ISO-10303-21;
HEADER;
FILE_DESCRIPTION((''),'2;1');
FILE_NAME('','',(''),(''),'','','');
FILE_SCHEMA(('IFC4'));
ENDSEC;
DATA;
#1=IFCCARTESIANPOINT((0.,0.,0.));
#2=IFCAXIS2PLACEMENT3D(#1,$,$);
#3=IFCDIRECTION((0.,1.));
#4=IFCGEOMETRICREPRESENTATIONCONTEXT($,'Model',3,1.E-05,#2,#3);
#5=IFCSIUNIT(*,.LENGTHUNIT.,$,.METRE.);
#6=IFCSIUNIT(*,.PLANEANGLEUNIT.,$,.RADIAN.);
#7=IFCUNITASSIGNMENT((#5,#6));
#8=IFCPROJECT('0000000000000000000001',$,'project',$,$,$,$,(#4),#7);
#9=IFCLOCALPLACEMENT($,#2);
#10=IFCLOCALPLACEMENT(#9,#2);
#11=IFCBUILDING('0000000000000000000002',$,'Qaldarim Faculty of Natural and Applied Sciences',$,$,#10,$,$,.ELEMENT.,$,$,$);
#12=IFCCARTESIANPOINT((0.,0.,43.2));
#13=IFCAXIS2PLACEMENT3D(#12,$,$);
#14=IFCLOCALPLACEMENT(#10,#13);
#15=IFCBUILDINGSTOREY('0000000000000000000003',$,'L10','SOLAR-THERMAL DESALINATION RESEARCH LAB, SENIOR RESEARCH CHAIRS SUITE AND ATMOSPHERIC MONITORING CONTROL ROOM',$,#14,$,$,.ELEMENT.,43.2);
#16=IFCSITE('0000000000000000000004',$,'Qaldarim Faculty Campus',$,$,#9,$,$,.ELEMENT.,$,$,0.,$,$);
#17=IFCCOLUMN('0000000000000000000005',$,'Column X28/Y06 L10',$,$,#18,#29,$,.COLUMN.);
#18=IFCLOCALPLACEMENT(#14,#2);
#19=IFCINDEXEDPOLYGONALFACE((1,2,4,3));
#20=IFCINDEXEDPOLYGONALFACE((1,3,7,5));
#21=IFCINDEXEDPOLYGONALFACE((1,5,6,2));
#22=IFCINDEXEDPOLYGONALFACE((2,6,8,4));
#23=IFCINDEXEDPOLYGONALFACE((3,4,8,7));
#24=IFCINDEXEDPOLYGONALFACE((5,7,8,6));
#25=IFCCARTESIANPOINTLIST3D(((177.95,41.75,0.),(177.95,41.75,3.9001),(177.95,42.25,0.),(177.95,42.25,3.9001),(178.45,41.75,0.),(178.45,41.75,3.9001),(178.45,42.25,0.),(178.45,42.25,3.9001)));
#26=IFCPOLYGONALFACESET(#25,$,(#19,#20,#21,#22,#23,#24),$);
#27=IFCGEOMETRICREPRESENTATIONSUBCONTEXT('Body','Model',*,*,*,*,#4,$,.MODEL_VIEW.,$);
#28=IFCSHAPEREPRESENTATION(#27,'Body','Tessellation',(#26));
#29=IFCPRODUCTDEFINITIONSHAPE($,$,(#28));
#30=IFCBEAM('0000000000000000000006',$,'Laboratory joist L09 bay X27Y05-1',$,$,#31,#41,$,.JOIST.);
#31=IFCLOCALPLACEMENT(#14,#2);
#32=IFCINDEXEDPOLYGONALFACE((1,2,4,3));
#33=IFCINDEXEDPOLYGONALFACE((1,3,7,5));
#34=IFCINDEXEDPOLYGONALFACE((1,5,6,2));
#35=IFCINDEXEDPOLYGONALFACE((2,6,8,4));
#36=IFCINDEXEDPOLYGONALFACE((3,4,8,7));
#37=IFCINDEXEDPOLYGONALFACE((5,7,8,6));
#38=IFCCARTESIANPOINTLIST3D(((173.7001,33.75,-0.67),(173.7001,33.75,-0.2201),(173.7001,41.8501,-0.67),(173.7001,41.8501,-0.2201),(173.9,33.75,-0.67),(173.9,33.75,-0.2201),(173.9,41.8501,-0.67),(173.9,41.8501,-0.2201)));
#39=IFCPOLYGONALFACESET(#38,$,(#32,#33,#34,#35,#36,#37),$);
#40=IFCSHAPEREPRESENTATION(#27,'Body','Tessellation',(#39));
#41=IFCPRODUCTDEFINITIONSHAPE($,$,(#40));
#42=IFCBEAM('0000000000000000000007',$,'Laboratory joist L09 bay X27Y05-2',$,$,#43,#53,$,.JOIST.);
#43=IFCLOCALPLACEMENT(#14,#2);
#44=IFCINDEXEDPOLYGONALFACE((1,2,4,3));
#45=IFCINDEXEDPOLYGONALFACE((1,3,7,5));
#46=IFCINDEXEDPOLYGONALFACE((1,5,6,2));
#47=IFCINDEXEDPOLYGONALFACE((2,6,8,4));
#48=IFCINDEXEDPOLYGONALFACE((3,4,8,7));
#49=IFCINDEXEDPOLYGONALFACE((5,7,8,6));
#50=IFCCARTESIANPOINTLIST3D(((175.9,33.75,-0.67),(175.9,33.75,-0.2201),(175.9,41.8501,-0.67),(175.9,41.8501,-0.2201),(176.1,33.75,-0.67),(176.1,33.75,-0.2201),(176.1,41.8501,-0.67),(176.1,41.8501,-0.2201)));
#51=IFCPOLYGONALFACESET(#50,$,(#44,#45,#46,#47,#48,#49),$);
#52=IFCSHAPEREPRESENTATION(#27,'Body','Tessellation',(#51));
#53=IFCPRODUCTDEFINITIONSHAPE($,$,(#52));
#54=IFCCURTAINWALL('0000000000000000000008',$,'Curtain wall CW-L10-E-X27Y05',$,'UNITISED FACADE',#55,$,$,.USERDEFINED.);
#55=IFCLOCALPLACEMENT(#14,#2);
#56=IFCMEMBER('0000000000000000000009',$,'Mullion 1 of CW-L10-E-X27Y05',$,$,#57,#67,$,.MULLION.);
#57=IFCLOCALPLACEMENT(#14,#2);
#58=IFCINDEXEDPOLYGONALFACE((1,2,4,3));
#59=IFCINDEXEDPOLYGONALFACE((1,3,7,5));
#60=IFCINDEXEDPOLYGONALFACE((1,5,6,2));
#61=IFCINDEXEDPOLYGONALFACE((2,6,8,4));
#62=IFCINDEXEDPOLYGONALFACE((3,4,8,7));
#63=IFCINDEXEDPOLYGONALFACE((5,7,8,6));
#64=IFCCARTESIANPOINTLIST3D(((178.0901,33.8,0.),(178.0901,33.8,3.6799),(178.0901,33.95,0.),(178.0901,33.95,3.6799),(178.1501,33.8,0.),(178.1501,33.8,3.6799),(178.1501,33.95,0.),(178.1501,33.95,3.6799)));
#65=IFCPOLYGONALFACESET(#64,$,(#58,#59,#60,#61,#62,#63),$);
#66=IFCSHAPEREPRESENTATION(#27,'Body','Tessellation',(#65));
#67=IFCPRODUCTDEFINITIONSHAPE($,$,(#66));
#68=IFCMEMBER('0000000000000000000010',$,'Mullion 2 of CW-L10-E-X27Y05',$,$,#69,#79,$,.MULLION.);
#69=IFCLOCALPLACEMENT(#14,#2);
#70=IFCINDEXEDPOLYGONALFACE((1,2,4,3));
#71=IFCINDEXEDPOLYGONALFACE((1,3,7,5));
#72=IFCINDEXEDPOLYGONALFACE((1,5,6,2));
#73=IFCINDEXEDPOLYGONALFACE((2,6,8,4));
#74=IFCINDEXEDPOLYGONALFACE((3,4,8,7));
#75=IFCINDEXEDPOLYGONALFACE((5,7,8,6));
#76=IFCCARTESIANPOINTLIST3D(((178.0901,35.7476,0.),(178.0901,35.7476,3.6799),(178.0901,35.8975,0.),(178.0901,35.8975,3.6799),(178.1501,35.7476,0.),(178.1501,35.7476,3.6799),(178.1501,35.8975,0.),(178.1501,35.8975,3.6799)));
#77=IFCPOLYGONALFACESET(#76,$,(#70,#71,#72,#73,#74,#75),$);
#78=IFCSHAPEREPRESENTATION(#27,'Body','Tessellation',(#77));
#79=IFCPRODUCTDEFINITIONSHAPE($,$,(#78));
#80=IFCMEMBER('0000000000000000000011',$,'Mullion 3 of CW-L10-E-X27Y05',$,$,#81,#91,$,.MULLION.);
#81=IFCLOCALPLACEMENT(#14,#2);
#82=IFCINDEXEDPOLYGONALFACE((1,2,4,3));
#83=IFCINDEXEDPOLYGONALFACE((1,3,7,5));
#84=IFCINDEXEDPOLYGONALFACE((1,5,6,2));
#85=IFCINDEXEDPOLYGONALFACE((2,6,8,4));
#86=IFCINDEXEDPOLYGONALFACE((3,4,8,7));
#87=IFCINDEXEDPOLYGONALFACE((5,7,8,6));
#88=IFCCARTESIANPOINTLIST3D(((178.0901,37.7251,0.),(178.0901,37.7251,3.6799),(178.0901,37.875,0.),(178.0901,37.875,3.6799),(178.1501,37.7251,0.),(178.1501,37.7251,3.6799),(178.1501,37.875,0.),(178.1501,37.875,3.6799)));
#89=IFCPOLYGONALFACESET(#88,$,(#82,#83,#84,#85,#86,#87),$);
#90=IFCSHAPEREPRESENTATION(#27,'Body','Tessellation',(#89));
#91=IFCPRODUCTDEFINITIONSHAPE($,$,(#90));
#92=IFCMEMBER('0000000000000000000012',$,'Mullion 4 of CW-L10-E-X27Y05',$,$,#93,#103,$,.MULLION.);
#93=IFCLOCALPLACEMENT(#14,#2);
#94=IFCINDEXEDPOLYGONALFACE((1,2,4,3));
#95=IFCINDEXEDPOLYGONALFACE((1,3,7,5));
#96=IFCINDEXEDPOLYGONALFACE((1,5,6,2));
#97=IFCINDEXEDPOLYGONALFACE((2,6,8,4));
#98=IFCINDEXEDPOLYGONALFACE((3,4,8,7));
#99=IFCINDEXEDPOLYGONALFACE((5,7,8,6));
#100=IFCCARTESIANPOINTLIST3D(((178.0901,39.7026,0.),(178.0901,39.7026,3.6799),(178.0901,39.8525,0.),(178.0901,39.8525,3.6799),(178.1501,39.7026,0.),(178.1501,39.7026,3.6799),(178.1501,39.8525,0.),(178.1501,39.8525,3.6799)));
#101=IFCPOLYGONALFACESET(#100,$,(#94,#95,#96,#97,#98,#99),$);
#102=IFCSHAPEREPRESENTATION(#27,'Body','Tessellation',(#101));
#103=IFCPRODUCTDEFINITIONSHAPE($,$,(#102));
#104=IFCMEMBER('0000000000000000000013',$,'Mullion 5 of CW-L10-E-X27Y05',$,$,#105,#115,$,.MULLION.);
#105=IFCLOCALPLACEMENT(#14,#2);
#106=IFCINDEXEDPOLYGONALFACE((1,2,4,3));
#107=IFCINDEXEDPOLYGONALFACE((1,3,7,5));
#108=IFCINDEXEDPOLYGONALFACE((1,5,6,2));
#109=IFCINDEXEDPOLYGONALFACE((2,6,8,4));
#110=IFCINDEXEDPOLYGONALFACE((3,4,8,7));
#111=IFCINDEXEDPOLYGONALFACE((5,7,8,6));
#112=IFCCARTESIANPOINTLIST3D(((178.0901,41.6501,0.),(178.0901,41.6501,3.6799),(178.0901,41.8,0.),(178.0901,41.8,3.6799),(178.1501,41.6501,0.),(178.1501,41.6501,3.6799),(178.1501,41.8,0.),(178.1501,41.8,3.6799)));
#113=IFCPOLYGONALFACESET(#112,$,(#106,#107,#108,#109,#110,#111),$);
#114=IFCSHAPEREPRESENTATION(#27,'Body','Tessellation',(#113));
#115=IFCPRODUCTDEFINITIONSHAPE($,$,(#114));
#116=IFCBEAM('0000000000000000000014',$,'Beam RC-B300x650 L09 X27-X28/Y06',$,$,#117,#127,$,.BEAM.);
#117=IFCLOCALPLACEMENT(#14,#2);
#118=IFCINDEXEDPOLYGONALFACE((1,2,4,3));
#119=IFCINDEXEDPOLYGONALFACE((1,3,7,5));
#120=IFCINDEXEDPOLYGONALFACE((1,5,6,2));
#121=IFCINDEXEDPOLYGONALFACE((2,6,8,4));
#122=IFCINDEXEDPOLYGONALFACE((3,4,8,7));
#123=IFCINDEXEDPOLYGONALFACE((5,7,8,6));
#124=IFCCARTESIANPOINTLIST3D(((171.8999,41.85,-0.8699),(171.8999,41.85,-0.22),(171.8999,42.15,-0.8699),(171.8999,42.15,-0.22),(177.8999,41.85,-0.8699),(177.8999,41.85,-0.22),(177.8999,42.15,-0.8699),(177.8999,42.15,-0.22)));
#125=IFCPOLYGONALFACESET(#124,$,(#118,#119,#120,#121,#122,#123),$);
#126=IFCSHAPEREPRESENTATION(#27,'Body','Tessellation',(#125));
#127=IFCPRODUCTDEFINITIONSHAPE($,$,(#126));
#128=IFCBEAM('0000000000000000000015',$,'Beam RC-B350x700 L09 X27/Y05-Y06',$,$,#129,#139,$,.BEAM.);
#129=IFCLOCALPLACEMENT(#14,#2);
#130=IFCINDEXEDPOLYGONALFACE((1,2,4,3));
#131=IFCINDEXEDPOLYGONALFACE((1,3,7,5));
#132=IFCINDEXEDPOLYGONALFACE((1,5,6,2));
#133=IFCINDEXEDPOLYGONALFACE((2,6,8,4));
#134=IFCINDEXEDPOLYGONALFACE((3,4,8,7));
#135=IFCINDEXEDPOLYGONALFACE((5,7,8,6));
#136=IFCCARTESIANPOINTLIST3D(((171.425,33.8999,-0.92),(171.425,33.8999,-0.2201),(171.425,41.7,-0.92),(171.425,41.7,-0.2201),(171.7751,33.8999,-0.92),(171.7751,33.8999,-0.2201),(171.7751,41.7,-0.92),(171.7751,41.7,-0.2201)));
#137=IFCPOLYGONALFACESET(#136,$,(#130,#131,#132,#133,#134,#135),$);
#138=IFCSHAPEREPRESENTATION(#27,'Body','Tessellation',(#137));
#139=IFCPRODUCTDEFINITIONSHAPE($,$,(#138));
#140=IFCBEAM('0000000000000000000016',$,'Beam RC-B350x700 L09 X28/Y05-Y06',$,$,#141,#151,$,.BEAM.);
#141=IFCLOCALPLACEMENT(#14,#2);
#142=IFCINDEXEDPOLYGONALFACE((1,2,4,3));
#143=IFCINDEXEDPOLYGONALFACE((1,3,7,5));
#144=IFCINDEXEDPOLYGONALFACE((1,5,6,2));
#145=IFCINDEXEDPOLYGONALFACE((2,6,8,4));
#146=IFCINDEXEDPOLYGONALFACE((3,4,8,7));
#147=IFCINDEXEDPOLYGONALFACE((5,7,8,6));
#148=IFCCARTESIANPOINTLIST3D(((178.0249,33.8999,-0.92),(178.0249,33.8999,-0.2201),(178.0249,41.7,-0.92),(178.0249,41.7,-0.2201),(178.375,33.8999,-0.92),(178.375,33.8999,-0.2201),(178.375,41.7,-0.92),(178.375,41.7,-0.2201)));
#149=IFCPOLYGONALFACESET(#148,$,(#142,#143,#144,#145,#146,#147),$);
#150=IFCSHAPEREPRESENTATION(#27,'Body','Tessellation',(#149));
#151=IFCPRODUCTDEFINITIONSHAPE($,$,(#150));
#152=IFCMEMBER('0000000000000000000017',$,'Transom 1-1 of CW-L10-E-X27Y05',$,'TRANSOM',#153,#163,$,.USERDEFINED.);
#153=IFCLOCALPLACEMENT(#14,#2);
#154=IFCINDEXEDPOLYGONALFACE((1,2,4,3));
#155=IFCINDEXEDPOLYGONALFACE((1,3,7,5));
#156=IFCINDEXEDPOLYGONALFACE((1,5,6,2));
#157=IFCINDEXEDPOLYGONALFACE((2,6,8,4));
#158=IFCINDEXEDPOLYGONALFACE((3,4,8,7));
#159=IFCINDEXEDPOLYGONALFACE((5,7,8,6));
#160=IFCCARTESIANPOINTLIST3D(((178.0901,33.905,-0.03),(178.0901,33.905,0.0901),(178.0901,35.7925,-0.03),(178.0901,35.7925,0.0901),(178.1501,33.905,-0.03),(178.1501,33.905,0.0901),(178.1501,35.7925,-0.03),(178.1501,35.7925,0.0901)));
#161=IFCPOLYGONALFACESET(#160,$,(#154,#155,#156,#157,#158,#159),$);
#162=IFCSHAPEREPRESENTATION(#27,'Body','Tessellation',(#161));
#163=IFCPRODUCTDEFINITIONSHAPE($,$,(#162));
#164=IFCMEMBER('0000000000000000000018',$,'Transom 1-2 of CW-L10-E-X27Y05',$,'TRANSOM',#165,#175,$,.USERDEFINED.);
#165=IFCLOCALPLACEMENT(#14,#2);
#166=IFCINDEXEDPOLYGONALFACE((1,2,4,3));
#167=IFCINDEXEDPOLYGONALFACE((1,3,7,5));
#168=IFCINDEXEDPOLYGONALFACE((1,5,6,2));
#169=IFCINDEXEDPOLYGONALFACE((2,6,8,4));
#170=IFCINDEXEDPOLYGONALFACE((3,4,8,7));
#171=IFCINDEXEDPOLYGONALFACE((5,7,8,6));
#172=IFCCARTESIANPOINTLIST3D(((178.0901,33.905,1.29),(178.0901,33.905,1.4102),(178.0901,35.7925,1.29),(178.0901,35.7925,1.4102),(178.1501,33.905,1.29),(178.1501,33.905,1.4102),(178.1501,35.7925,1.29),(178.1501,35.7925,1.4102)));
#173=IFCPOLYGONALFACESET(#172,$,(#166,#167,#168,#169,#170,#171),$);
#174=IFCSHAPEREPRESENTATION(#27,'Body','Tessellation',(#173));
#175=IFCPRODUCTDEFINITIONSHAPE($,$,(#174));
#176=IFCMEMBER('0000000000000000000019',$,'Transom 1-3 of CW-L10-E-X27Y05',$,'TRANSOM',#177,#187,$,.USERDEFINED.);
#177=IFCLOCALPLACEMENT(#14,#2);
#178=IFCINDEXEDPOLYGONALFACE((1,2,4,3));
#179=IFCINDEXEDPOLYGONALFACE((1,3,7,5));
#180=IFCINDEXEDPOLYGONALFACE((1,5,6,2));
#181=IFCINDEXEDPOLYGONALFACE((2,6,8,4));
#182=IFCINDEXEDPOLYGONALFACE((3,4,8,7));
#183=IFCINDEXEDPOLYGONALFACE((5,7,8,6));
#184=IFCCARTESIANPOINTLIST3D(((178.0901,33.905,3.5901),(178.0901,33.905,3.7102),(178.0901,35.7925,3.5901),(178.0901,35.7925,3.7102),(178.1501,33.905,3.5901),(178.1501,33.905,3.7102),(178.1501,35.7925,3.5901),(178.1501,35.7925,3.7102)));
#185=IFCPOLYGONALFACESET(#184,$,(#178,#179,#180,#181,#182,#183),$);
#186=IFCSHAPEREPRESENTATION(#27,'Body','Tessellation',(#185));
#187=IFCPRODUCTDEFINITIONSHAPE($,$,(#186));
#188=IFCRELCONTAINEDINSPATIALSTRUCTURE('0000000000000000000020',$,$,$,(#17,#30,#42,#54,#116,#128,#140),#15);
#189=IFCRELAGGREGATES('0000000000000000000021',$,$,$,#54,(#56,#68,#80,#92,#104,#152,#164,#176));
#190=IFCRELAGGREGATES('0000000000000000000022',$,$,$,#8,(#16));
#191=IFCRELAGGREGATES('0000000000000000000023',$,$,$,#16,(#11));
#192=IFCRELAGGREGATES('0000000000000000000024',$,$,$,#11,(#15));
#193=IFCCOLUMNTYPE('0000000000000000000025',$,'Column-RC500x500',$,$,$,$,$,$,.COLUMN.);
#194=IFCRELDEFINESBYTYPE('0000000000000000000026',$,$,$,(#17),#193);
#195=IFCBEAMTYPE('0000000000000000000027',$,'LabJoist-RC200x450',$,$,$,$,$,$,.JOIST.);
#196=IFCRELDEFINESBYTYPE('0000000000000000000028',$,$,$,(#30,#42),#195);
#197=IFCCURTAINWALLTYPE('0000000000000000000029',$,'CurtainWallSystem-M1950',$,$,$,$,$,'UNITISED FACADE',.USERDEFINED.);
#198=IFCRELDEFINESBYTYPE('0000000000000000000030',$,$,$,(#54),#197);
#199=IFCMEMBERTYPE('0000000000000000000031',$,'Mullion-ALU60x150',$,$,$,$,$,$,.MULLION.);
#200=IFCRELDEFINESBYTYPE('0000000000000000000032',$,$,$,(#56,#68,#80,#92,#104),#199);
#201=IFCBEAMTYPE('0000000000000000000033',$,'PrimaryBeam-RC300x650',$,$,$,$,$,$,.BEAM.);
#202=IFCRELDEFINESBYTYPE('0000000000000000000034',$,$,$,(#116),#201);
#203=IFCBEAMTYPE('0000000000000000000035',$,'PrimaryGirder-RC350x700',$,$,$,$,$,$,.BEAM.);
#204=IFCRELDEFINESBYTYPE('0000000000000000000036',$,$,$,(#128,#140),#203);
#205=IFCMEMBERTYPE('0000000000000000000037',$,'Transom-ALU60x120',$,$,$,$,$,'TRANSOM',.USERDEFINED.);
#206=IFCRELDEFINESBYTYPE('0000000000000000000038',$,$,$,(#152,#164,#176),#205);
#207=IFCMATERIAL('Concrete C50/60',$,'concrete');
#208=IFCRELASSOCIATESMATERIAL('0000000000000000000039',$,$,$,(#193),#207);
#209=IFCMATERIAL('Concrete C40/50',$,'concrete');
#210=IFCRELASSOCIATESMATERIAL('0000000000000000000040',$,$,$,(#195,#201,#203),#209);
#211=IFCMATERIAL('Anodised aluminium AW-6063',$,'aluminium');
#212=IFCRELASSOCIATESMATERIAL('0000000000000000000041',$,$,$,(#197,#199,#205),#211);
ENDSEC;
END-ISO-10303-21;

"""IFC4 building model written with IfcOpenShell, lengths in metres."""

from ifc_helpers import new_model, si_unit, direction, frame, origin, origin_2d, place, context, subcontext, project, spatial, rectangle, extrude, material, material_profile, profile_set, type_object, element, aggregate, save


model = new_model("IFC4")

# Units and contexts
model_context = context("Model", 3, precision=1e-05, world=origin(), true_north=direction((0.0, 1.0)))
body_context = subcontext(model_context, "Body", "Model", "MODEL_VIEW")
ifc_project = project(units=[si_unit("LENGTHUNIT", "METRE"), si_unit("PLANEANGLEUNIT", "RADIAN")], contexts=[model_context])

# Site, building, storey
site_placement = place(None, origin())
site = spatial("IfcSite", under=ifc_project, at=site_placement, Name="Qaldarim Faculty Campus", CompositionType="ELEMENT", RefElevation=0.0)
building_placement = place(site_placement, origin())
building = spatial("IfcBuilding", under=site, at=building_placement, Name="Qaldarim Faculty of Natural and Applied Sciences", CompositionType="ELEMENT")
storey_placement = place(building_placement, frame((0.0, 0.0, 43.2)))
storey = spatial("IfcBuildingStorey", under=building, at=storey_placement, Name="L10", Description="SOLAR-THERMAL DESALINATION RESEARCH LAB, SENIOR RESEARCH CHAIRS SUITE AND ATMOSPHERIC MONITORING CONTROL ROOM", CompositionType="ELEMENT", Elevation=43.2)

# Column
ifc_material_1 = material(Name="Concrete C50/60", Category="concrete")
ifc_material_profile_1 = material_profile(ifc_material_1, rectangle(XDim=0.5, YDim=0.5, at=origin_2d()), Name="RC-C500x500")
ifc_profile_set_1 = profile_set([ifc_material_profile_1], Name="Concrete C50/60")
column_type = type_object("IfcColumnType", Name="Column-RC500x500", PredefinedType="COLUMN", material=ifc_profile_set_1)
column_placement = place(storey_placement, frame((178.2, 42.0, 0.0), z_axis=(0.0, 0.0, 1.0), x_axis=(1.0, 0.0, 0.0)))
element("IfcColumn", 1, at=column_placement, inside=storey, type_object=column_type, Name="Column X28/Y06 L10", PredefinedType="COLUMN", context=body_context, shape_type="SweptSolid", body=[
    extrude(rectangle(XDim=0.5, YDim=0.5, at=origin_2d()), origin(), (0.0, 0.0, 1.0), 3.9001),
])

# Beams
ifc_material_2 = material(Name="Concrete C40/50", Category="concrete")
ifc_material_profile_2 = material_profile(ifc_material_2, rectangle(XDim=0.2, YDim=0.45, at=origin_2d()), Name="RC-J200x450")
ifc_profile_set_2 = profile_set([ifc_material_profile_2], Name="Concrete C40/50")
beam_type_1 = type_object("IfcBeamType", Name="LabJoist-RC200x450", PredefinedType="JOIST", material=ifc_profile_set_2)
for number, where, z_axis, x_axis, name in (
    (2, (173.8, 33.75, -0.4451), (0.0, 1.0, 0.0), (-1.0, 0.0, 0.0), "Laboratory joist L09 bay X27Y05-1"),
    (3, (176.0, 33.75, -0.4451), (0.0, 1.0, 0.0), (-1.0, 0.0, 0.0), "Laboratory joist L09 bay X27Y05-2"),
):
    element("IfcBeam", number, at=place(storey_placement, frame(where, z_axis=z_axis, x_axis=x_axis)), inside=storey, type_object=beam_type_1, Name=name, PredefinedType="JOIST", context=body_context, shape_type="SweptSolid", body=[
        extrude(rectangle(XDim=0.2, YDim=0.45, at=origin_2d()), origin(), (0.0, 0.0, 1.0), 8.1001),
    ])

# Curtain wall, members
ifc_material_3 = material(Name="Anodised aluminium AW-6063", Category="aluminium")
curtain_wall_type = type_object("IfcCurtainWallType", Name="CurtainWallSystem-M1950", ElementType="UNITISED FACADE", PredefinedType="USERDEFINED", material=ifc_material_3)
curtain_wall_placement = place(storey_placement, origin())
curtain_wall = element("IfcCurtainWall", 4, at=curtain_wall_placement, inside=storey, type_object=curtain_wall_type, Name="Curtain wall CW-L10-E-X27Y05", ObjectType="UNITISED FACADE", PredefinedType="USERDEFINED")
ifc_material_profile_3 = material_profile(ifc_material_3, rectangle(XDim=0.0601, YDim=0.1499, at=origin_2d()), Name="ALU-M60x150")
ifc_profile_set_3 = profile_set([ifc_material_profile_3], Name="Anodised aluminium AW-6063")
member_type_1 = type_object("IfcMemberType", Name="Mullion-ALU60x150", PredefinedType="MULLION", material=ifc_profile_set_3)
member_1_placement = place(storey_placement, frame((178.1201, 33.875, 0.0), z_axis=(0.0, 0.0, 1.0), x_axis=(-1.0, 0.0, 0.0)))
member_1 = element("IfcMember", 5, at=member_1_placement, type_object=member_type_1, Name="Mullion 1 of CW-L10-E-X27Y05", PredefinedType="MULLION", context=body_context, shape_type="SweptSolid", body=[
    extrude(rectangle(XDim=0.0601, YDim=0.1499, at=origin_2d()), origin(), (0.0, 0.0, 1.0), 3.6799),
])
member_2_placement = place(storey_placement, frame((178.1201, 35.8225, 0.0), z_axis=(0.0, 0.0, 1.0), x_axis=(-1.0, 0.0, 0.0)))
member_2 = element("IfcMember", 6, at=member_2_placement, type_object=member_type_1, Name="Mullion 2 of CW-L10-E-X27Y05", PredefinedType="MULLION", context=body_context, shape_type="SweptSolid", body=[
    extrude(rectangle(XDim=0.0601, YDim=0.1499, at=origin_2d()), origin(), (0.0, 0.0, 1.0), 3.6799),
])
member_3_placement = place(storey_placement, frame((178.1201, 37.8, 0.0), z_axis=(0.0, 0.0, 1.0), x_axis=(-1.0, 0.0, 0.0)))
member_3 = element("IfcMember", 7, at=member_3_placement, type_object=member_type_1, Name="Mullion 3 of CW-L10-E-X27Y05", PredefinedType="MULLION", context=body_context, shape_type="SweptSolid", body=[
    extrude(rectangle(XDim=0.0601, YDim=0.1499, at=origin_2d()), origin(), (0.0, 0.0, 1.0), 3.6799),
])
member_4_placement = place(storey_placement, frame((178.1201, 39.7776, 0.0), z_axis=(0.0, 0.0, 1.0), x_axis=(-1.0, 0.0, 0.0)))
member_4 = element("IfcMember", 8, at=member_4_placement, type_object=member_type_1, Name="Mullion 4 of CW-L10-E-X27Y05", PredefinedType="MULLION", context=body_context, shape_type="SweptSolid", body=[
    extrude(rectangle(XDim=0.0601, YDim=0.1499, at=origin_2d()), origin(), (0.0, 0.0, 1.0), 3.6799),
])
member_5_placement = place(storey_placement, frame((178.1201, 41.7251, 0.0), z_axis=(0.0, 0.0, 1.0), x_axis=(-1.0, 0.0, 0.0)))
member_5 = element("IfcMember", 9, at=member_5_placement, type_object=member_type_1, Name="Mullion 5 of CW-L10-E-X27Y05", PredefinedType="MULLION", context=body_context, shape_type="SweptSolid", body=[
    extrude(rectangle(XDim=0.0601, YDim=0.1499, at=origin_2d()), origin(), (0.0, 0.0, 1.0), 3.6799),
])

# Beams
ifc_material_profile_4 = material_profile(ifc_material_2, rectangle(XDim=0.3, YDim=0.6499, at=origin_2d()), Name="RC-B300x650")
ifc_profile_set_4 = profile_set([ifc_material_profile_4], Name="Concrete C40/50")
beam_type_2 = type_object("IfcBeamType", Name="PrimaryBeam-RC300x650", PredefinedType="BEAM", material=ifc_profile_set_4)
beam_placement = place(storey_placement, frame((171.8999, 42.0, -0.5449), z_axis=(1.0, 0.0, 0.0), x_axis=(0.0, 1.0, 0.0)))
element("IfcBeam", 10, at=beam_placement, inside=storey, type_object=beam_type_2, Name="Beam RC-B300x650 L09 X27-X28/Y06", PredefinedType="BEAM", context=body_context, shape_type="SweptSolid", body=[
    extrude(rectangle(XDim=0.3, YDim=0.6499, at=origin_2d()), origin(), (0.0, 0.0, 1.0), 6.0),
])
ifc_material_profile_5 = material_profile(ifc_material_2, rectangle(XDim=0.3501, YDim=0.7, at=origin_2d()), Name="RC-B350x700")
ifc_profile_set_5 = profile_set([ifc_material_profile_5], Name="Concrete C40/50")
beam_type_3 = type_object("IfcBeamType", Name="PrimaryGirder-RC350x700", PredefinedType="BEAM", material=ifc_profile_set_5)
for number, where, z_axis, x_axis, name in (
    (11, (171.6001, 33.8999, -0.5701), (0.0, 1.0, 0.0), (-1.0, 0.0, 0.0), "Beam RC-B350x700 L09 X27/Y05-Y06"),
    (12, (178.2, 33.8999, -0.5701), (0.0, 1.0, 0.0), (-1.0, 0.0, 0.0), "Beam RC-B350x700 L09 X28/Y05-Y06"),
):
    element("IfcBeam", number, at=place(storey_placement, frame(where, z_axis=z_axis, x_axis=x_axis)), inside=storey, type_object=beam_type_3, Name=name, PredefinedType="BEAM", context=body_context, shape_type="SweptSolid", body=[
        extrude(rectangle(XDim=0.3501, YDim=0.7, at=origin_2d()), origin(), (0.0, 0.0, 1.0), 7.8),
    ])

# Members
ifc_material_profile_6 = material_profile(ifc_material_3, rectangle(XDim=0.0601, YDim=0.1201, at=origin_2d()), Name="ALU-T60x120")
ifc_profile_set_6 = profile_set([ifc_material_profile_6], Name="Anodised aluminium AW-6063")
member_type_2 = type_object("IfcMemberType", Name="Transom-ALU60x120", ElementType="TRANSOM", PredefinedType="USERDEFINED", material=ifc_profile_set_6)
member_6_placement = place(storey_placement, frame((178.1201, 33.905, 0.03), z_axis=(0.0, 1.0, 0.0), x_axis=(-1.0, 0.0, 0.0)))
member_6 = element("IfcMember", 13, at=member_6_placement, type_object=member_type_2, Name="Transom 1-1 of CW-L10-E-X27Y05", ObjectType="TRANSOM", PredefinedType="USERDEFINED", context=body_context, shape_type="SweptSolid", body=[
    extrude(rectangle(XDim=0.0601, YDim=0.1201, at=origin_2d()), origin(), (0.0, 0.0, 1.0), 1.8875),
])
member_7_placement = place(storey_placement, frame((178.1201, 33.905, 1.3501), z_axis=(0.0, 1.0, 0.0), x_axis=(-1.0, 0.0, 0.0)))
member_7 = element("IfcMember", 14, at=member_7_placement, type_object=member_type_2, Name="Transom 1-2 of CW-L10-E-X27Y05", ObjectType="TRANSOM", PredefinedType="USERDEFINED", context=body_context, shape_type="SweptSolid", body=[
    extrude(rectangle(XDim=0.0601, YDim=0.1201, at=origin_2d()), origin(), (0.0, 0.0, 1.0), 1.8875),
])
member_8_placement = place(storey_placement, frame((178.1201, 33.905, 3.6501), z_axis=(0.0, 1.0, 0.0), x_axis=(-1.0, 0.0, 0.0)))
member_8 = element("IfcMember", 15, at=member_8_placement, type_object=member_type_2, Name="Transom 1-3 of CW-L10-E-X27Y05", ObjectType="TRANSOM", PredefinedType="USERDEFINED", context=body_context, shape_type="SweptSolid", body=[
    extrude(rectangle(XDim=0.0601, YDim=0.1201, at=origin_2d()), origin(), (0.0, 0.0, 1.0), 1.8875),
])

aggregate(curtain_wall, [member_1, member_2, member_3, member_4, member_5, member_6, member_7, member_8])

save(model, "model.ifc")
